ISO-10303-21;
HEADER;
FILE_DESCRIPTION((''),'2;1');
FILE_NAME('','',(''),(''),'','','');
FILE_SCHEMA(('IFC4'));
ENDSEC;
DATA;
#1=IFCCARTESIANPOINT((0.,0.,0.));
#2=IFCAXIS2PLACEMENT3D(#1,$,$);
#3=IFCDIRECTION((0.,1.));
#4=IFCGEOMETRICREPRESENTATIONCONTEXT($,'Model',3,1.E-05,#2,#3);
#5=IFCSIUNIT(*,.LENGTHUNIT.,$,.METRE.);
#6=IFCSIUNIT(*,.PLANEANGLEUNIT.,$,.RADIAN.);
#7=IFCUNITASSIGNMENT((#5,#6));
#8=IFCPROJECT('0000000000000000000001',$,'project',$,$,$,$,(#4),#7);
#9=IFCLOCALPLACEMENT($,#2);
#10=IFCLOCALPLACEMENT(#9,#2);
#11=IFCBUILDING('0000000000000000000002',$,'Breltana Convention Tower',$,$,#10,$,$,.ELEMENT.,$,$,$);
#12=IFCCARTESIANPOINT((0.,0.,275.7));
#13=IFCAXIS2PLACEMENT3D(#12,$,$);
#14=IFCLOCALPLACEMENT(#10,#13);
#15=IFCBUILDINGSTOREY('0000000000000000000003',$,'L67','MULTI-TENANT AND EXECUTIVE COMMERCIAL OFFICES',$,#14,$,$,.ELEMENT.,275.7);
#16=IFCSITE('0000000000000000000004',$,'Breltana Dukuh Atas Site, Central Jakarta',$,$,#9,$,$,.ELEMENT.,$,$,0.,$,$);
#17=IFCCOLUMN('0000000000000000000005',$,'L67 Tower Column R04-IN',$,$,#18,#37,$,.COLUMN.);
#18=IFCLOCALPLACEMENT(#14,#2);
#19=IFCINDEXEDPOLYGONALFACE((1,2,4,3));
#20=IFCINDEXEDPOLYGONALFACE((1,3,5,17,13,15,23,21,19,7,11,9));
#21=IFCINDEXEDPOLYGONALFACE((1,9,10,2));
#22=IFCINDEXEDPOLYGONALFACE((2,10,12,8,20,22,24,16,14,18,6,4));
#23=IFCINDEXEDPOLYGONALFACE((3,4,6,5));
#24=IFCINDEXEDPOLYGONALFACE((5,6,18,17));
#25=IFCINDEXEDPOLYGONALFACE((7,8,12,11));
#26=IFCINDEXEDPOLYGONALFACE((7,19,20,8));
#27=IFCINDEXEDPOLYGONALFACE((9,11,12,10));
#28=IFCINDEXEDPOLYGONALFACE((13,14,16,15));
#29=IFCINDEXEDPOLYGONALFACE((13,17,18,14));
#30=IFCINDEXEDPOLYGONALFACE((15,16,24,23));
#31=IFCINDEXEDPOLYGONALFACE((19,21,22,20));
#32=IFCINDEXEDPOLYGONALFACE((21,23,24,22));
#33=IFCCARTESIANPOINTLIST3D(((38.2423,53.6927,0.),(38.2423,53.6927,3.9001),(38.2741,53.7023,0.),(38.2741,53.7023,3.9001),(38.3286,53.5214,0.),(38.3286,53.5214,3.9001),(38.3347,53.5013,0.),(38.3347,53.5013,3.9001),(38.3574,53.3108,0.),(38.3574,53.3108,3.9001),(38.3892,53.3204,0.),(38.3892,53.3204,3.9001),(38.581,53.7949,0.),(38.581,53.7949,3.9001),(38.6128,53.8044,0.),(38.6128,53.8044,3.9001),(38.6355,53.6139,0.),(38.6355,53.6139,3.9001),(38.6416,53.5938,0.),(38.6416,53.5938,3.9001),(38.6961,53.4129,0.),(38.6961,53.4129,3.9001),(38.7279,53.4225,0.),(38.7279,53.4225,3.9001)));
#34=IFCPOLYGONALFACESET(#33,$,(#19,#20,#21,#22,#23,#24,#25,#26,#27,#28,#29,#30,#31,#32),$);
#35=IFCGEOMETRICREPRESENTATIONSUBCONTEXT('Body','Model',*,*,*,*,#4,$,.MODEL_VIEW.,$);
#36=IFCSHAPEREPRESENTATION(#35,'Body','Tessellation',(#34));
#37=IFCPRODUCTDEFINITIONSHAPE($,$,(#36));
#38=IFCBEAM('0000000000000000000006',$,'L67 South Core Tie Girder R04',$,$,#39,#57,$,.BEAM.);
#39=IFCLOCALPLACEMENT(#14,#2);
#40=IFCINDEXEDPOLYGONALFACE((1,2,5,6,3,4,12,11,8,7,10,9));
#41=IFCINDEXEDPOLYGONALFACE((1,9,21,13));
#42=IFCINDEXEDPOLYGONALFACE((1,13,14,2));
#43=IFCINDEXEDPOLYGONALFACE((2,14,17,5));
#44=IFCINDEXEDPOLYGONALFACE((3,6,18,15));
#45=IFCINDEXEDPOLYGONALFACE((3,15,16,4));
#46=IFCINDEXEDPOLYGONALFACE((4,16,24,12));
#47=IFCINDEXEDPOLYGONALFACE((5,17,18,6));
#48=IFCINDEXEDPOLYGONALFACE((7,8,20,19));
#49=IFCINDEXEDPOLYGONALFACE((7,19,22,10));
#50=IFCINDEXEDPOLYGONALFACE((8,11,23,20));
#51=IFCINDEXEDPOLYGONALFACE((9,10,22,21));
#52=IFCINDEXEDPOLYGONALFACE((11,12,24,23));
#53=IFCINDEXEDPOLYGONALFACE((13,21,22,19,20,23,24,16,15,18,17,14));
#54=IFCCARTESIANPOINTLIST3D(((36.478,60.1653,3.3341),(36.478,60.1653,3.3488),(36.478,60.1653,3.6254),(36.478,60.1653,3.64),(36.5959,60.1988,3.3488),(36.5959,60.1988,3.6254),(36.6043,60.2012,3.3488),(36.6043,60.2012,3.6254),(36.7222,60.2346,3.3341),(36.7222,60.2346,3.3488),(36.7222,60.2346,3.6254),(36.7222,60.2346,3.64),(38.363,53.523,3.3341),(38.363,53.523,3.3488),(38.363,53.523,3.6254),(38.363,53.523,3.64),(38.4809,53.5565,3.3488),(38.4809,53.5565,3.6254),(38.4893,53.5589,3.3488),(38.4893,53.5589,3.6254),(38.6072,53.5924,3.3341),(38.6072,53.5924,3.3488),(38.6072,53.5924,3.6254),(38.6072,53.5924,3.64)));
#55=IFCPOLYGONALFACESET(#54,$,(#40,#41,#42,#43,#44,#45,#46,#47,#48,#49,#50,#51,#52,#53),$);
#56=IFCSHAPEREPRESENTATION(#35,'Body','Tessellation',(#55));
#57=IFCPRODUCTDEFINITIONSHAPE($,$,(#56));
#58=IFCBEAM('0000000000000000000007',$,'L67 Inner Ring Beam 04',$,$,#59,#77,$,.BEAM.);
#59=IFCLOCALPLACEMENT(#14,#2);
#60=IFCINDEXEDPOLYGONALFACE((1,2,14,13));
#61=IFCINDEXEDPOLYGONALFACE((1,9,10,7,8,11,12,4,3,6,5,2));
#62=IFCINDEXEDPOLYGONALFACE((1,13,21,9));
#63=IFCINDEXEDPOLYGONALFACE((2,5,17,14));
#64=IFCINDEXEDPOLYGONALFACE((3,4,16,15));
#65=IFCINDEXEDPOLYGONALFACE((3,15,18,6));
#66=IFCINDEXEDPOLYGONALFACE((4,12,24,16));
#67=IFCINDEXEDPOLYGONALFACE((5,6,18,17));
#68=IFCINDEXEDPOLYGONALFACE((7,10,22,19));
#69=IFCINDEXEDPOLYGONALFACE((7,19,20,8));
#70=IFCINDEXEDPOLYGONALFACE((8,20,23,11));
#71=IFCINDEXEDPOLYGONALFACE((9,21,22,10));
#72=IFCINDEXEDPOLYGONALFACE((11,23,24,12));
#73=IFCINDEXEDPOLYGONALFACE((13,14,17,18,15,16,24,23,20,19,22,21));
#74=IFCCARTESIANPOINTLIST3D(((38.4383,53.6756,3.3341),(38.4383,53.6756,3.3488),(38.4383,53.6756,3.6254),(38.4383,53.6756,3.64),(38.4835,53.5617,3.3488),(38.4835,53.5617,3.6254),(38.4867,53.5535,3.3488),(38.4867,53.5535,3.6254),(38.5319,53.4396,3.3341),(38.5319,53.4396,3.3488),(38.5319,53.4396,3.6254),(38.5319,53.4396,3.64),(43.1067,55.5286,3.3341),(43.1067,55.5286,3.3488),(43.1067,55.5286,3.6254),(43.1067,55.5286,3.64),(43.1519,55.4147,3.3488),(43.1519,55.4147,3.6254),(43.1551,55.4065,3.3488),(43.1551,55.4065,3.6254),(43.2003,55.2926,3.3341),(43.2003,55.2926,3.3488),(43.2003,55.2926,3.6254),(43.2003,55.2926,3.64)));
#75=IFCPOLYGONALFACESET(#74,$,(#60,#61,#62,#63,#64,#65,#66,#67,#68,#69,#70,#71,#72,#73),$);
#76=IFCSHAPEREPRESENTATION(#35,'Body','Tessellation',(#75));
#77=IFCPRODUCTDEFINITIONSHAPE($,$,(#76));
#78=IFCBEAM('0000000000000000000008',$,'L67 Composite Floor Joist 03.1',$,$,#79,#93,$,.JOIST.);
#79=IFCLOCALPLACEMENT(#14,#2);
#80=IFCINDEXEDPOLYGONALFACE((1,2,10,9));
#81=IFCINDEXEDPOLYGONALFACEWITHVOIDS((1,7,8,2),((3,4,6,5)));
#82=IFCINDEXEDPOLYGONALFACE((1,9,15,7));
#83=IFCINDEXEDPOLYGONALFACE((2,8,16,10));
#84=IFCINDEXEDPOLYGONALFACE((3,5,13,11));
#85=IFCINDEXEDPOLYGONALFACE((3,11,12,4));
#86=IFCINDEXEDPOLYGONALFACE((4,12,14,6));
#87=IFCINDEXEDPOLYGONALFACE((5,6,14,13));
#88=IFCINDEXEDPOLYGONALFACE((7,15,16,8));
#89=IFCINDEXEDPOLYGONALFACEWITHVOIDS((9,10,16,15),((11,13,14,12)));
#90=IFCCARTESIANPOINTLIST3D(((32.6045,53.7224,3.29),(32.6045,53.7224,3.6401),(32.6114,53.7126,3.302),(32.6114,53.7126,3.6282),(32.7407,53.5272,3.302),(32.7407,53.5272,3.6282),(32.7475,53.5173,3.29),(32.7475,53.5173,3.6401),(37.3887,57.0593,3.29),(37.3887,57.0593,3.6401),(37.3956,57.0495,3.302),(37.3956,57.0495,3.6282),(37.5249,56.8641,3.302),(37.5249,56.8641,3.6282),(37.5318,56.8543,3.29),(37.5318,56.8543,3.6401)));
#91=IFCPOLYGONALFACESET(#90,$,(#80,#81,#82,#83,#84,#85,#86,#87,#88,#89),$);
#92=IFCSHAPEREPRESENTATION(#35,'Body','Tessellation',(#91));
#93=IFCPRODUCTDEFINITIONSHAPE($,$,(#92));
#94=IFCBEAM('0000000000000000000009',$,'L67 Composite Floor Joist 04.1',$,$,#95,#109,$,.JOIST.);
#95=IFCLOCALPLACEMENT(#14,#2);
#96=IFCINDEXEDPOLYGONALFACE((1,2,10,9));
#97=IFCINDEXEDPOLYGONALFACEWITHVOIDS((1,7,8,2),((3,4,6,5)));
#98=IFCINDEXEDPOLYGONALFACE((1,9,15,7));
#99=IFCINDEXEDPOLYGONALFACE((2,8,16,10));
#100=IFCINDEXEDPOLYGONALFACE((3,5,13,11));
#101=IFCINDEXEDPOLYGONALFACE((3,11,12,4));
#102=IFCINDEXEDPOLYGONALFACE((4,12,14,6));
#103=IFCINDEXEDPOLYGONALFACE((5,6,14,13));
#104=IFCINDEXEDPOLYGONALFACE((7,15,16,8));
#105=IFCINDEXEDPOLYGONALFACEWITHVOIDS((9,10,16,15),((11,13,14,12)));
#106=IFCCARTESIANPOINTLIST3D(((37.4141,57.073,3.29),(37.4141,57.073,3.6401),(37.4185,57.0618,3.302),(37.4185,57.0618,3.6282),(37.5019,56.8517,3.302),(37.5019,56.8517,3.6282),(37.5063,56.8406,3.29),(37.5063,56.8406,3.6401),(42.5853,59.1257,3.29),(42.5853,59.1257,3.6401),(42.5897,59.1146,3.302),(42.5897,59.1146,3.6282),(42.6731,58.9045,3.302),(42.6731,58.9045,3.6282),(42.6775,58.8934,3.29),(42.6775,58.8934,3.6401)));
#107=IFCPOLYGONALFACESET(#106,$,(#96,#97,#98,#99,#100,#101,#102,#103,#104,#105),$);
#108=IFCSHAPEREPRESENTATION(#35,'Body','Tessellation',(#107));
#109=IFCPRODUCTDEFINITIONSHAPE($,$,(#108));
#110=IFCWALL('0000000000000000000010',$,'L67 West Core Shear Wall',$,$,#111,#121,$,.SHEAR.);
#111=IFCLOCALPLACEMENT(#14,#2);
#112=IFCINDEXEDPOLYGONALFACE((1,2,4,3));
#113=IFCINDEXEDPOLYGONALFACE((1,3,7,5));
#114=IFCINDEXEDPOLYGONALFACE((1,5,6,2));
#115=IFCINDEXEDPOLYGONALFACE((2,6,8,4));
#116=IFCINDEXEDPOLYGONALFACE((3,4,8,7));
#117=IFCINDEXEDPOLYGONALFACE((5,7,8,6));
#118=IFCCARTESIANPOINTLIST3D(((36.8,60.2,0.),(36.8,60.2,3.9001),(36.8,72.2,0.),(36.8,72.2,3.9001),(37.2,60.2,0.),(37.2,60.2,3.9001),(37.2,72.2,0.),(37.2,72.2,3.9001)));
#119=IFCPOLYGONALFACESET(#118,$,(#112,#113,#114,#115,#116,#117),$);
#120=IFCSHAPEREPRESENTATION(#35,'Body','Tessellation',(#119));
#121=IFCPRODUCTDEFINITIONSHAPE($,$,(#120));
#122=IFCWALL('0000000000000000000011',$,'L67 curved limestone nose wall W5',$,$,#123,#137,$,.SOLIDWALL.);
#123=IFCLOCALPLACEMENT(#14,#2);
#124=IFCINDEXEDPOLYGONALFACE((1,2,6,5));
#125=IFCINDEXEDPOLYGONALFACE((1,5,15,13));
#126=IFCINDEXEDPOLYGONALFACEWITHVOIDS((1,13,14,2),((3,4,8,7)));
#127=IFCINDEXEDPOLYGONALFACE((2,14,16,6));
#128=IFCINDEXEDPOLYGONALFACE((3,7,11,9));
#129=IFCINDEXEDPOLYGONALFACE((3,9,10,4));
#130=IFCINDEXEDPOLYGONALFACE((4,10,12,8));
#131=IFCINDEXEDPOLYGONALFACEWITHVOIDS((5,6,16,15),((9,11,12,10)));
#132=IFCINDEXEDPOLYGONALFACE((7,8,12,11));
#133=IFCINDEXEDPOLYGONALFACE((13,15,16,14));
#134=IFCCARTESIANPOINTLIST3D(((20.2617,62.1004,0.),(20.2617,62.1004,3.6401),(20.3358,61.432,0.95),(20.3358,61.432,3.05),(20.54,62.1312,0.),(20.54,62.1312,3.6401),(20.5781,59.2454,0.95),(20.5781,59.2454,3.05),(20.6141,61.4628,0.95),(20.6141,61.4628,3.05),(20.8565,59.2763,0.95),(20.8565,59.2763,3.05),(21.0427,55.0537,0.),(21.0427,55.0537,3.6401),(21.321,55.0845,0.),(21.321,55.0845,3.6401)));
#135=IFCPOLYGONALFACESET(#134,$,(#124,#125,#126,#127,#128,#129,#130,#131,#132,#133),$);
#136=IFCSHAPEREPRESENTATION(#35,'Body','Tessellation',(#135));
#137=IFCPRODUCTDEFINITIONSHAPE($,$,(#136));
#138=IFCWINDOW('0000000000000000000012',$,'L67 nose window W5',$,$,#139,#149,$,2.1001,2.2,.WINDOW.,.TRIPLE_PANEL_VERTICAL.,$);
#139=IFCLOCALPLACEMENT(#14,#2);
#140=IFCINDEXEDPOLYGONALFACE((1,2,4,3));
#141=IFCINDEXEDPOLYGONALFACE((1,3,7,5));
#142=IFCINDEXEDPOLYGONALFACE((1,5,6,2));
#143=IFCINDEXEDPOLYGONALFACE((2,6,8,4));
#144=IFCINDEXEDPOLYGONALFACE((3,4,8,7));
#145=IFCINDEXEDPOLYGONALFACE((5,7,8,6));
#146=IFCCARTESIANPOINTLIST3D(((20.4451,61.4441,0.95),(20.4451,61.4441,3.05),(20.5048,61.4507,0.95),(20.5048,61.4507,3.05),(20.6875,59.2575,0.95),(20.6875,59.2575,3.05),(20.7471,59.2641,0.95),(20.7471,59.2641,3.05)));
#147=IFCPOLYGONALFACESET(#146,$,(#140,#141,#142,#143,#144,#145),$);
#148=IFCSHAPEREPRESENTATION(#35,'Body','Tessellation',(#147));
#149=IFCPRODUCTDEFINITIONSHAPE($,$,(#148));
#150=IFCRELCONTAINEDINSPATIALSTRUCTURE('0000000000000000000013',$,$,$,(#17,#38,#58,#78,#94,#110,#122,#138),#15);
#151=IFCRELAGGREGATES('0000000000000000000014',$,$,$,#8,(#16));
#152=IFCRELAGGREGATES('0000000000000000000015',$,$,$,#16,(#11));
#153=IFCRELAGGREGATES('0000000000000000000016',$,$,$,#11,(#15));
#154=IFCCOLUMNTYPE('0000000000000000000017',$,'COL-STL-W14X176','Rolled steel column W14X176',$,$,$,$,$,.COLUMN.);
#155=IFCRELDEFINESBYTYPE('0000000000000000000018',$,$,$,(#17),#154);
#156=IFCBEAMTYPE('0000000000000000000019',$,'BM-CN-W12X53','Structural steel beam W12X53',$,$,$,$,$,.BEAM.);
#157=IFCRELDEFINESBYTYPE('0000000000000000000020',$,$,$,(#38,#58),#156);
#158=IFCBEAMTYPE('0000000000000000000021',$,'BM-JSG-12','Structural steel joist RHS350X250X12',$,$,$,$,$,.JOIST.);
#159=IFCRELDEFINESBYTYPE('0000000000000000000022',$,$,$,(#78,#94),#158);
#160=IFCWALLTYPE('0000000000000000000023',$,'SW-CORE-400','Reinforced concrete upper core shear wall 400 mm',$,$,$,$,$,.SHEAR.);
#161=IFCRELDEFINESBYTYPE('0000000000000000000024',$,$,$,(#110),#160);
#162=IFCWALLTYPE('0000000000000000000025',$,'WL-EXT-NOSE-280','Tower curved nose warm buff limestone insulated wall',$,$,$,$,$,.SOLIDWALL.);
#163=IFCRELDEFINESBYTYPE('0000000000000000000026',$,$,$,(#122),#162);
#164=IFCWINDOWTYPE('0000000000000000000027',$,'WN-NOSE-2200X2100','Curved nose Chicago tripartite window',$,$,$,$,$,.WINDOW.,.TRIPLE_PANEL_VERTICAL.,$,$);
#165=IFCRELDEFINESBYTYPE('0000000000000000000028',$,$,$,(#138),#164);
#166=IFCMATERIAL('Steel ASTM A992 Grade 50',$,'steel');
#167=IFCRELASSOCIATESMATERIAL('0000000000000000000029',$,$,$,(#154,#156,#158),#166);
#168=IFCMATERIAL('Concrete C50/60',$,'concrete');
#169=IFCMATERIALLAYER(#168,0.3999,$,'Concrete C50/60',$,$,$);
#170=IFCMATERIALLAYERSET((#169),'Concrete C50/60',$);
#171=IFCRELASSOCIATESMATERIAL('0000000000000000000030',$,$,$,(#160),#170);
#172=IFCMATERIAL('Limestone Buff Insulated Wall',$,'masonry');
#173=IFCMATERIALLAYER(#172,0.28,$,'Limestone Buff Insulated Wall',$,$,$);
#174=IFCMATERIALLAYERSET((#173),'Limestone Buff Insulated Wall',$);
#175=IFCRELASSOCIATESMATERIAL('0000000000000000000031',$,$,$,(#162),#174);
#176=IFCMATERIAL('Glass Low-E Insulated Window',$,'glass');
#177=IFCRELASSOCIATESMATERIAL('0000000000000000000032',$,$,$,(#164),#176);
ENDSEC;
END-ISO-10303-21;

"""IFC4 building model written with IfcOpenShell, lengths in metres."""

from ifc_helpers import new_model, si_unit, direction, frame, frame_2d, origin, origin_2d, place, context, subcontext, project, spatial, rectangle, hollow_rectangle, i_section, extrude, source, transform, mapped, material, layer, layer_set, material_profile, profile_set, type_object, type_shapes, element, fill, save


model = new_model("IFC4")

# Units and contexts
model_context = context("Model", 3, precision=1e-05, world=origin(), true_north=direction((0.0, 1.0)))
body_context = subcontext(model_context, "Body", "Model", "MODEL_VIEW")
ifc_project = project(units=[si_unit("LENGTHUNIT", "METRE"), si_unit("PLANEANGLEUNIT", "RADIAN")], contexts=[model_context])

# Site, building, storey
site_placement = place(None, origin())
site = spatial("IfcSite", under=ifc_project, at=site_placement, Name="Breltana Dukuh Atas Site, Central Jakarta", CompositionType="ELEMENT", RefElevation=0.0)
building_placement = place(site_placement, origin())
building = spatial("IfcBuilding", under=site, at=building_placement, Name="Breltana Convention Tower", CompositionType="ELEMENT")
storey_placement = place(building_placement, frame((0.0, 0.0, 275.7)))
storey = spatial("IfcBuildingStorey", under=building, at=storey_placement, Name="L67", Description="MULTI-TENANT AND EXECUTIVE COMMERCIAL OFFICES", CompositionType="ELEMENT", Elevation=275.7)

# Column
ifc_material_1 = material(Name="Steel ASTM A992 Grade 50", Category="steel")
ifc_material_profile_1 = material_profile(ifc_material_1, i_section(OverallWidth=0.3989, OverallDepth=0.387, WebThickness=0.021, FlangeThickness=0.0332, at=origin_2d()), Name="W14X176")
ifc_profile_set_1 = profile_set([ifc_material_profile_1], Name="Steel ASTM A992 Grade 50")
column_type = type_object("IfcColumnType", Name="COL-STL-W14X176", Description="Rolled steel column W14X176", PredefinedType="COLUMN", material=ifc_profile_set_1)
shared_shape_1 = source(origin(), body_context, "Body", "SweptSolid", [
    extrude(i_section(OverallWidth=0.3989, OverallDepth=0.387, WebThickness=0.021, FlangeThickness=0.0332, at=origin_2d()), origin(), (0.0, 0.0, 1.0), 3.9001),
])
column_placement = place(storey_placement, frame((38.4851, 53.5576, 0.0), z_axis=(0.0, 0.0, 1.0), x_axis=(-0.288698, 0.95742, 0.0)))
element("IfcColumn", 1, at=column_placement, inside=storey, type_object=column_type, Name="L67 Tower Column R04-IN", PredefinedType="COLUMN", context=body_context, shape_type="MappedRepresentation", body=[
    mapped(shared_shape_1, transform((0.0, 0.0, 0.0), scale=1.0)),
])

# Beams
ifc_material_profile_2 = material_profile(ifc_material_1, i_section(OverallWidth=0.2539, OverallDepth=0.3059, WebThickness=0.0088, FlangeThickness=0.0146, at=origin_2d()), Name="W12X53")
ifc_profile_set_2 = profile_set([ifc_material_profile_2], Name="Steel ASTM A992 Grade 50")
beam_type_1 = type_object("IfcBeamType", Name="BM-CN-W12X53", Description="Structural steel beam W12X53", PredefinedType="BEAM", material=ifc_profile_set_2)
shared_shape_2 = source(origin(), body_context, "Body", "SweptSolid", [
    extrude(i_section(OverallWidth=0.2539, OverallDepth=0.3059, WebThickness=0.0088, FlangeThickness=0.0146, at=origin_2d()), origin(), (0.0, 0.0, 1.0), 6.9045),
])
beam_1_placement = place(storey_placement, frame((36.6001, 60.2, 3.4871), z_axis=(0.273007, -0.962012, 0.0), x_axis=(0.962012, 0.273007, 0.0)))
element("IfcBeam", 2, at=beam_1_placement, inside=storey, type_object=beam_type_1, Name="L67 South Core Tie Girder R04", PredefinedType="BEAM", context=body_context, shape_type="MappedRepresentation", body=[
    mapped(shared_shape_2, transform((0.0, 0.0, 0.0), scale=1.0)),
])
shared_shape_3 = source(origin(), body_context, "Body", "SweptSolid", [
    extrude(i_section(OverallWidth=0.2539, OverallDepth=0.3059, WebThickness=0.0088, FlangeThickness=0.0146, at=origin_2d()), origin(), (0.0, 0.0, 1.0), 5.0227),
])
beam_2_placement = place(storey_placement, frame((38.4851, 53.5576, 3.4871), z_axis=(0.929459, 0.368926, 0.0), x_axis=(-0.368926, 0.929459, 0.0)))
element("IfcBeam", 3, at=beam_2_placement, inside=storey, type_object=beam_type_1, Name="L67 Inner Ring Beam 04", PredefinedType="BEAM", context=body_context, shape_type="MappedRepresentation", body=[
    mapped(shared_shape_3, transform((0.0, 0.0, 0.0), scale=1.0)),
])
ifc_material_profile_3 = material_profile(ifc_material_1, hollow_rectangle(XDim=0.25, YDim=0.3501, WallThickness=0.012, at=origin_2d()), Name="RHS350X250X12")
ifc_profile_set_3 = profile_set([ifc_material_profile_3], Name="Steel ASTM A992 Grade 50")
beam_type_2 = type_object("IfcBeamType", Name="BM-JSG-12", Description="Structural steel joist RHS350X250X12", PredefinedType="JOIST", material=ifc_profile_set_3)
shared_shape_4 = source(origin(), body_context, "Body", "SweptSolid", [
    extrude(hollow_rectangle(XDim=0.25, YDim=0.3501, WallThickness=0.012, at=origin_2d()), origin(), (0.0, 0.0, 1.0), 5.833),
])
beam_3_placement = place(storey_placement, frame((32.676, 53.6199, 3.4651), z_axis=(0.820198, 0.572079, 0.0), x_axis=(-0.572079, 0.820198, 0.0)))
element("IfcBeam", 4, at=beam_3_placement, inside=storey, type_object=beam_type_2, Name="L67 Composite Floor Joist 03.1", PredefinedType="JOIST", context=body_context, shape_type="MappedRepresentation", body=[
    mapped(shared_shape_4, transform((0.0, 0.0, 0.0), scale=1.0)),
])
shared_shape_5 = source(origin(), body_context, "Body", "SweptSolid", [
    extrude(hollow_rectangle(XDim=0.25, YDim=0.3501, WallThickness=0.012, at=origin_2d()), origin(), (0.0, 0.0, 1.0), 5.5637),
])
beam_4_placement = place(storey_placement, frame((37.4602, 56.9568, 3.4651), z_axis=(0.929448, 0.368953, 0.0), x_axis=(-0.368953, 0.929448, 0.0)))
element("IfcBeam", 5, at=beam_4_placement, inside=storey, type_object=beam_type_2, Name="L67 Composite Floor Joist 04.1", PredefinedType="JOIST", context=body_context, shape_type="MappedRepresentation", body=[
    mapped(shared_shape_5, transform((0.0, 0.0, 0.0), scale=1.0)),
])

# Wall
ifc_material_2 = material(Name="Concrete C50/60", Category="concrete")
ifc_layer_1 = layer(ifc_material_2, 0.3999, Name="Concrete C50/60")
ifc_layer_set_1 = layer_set([ifc_layer_1], Name="Concrete C50/60")
wall_type_1 = type_object("IfcWallType", Name="SW-CORE-400", Description="Reinforced concrete upper core shear wall 400 mm", PredefinedType="SHEAR", material=ifc_layer_set_1)
shared_shape_6 = source(origin(), body_context, "Body", "SweptSolid", [
    extrude(rectangle(XDim=12.0, YDim=0.3999, at=frame_2d((6.0, 0.0))), origin(), (0.0, 0.0, 1.0), 3.9001),
])
wall_1_placement = place(storey_placement, frame((37.0, 60.2, 0.0), z_axis=(0.0, 0.0, 1.0), x_axis=(0.0, 1.0, 0.0)))
element("IfcWall", 6, at=wall_1_placement, inside=storey, type_object=wall_type_1, Name="L67 West Core Shear Wall", PredefinedType="SHEAR", context=body_context, shape_type="MappedRepresentation", body=[
    mapped(shared_shape_6, transform((0.0, 0.0, 0.0), scale=1.0)),
])

# Wall, opening, window
ifc_material_3 = material(Name="Limestone Buff Insulated Wall", Category="masonry")
ifc_layer_2 = layer(ifc_material_3, 0.28, Name="Limestone Buff Insulated Wall")
ifc_layer_set_2 = layer_set([ifc_layer_2], Name="Limestone Buff Insulated Wall")
wall_type_2 = type_object("IfcWallType", Name="WL-EXT-NOSE-280", Description="Tower curved nose warm buff limestone insulated wall", PredefinedType="SOLIDWALL", material=ifc_layer_set_2)
shared_shape_7 = source(origin(), body_context, "Body", "SweptSolid", [
    extrude(rectangle(XDim=7.0898, YDim=0.28, at=frame_2d((3.5449, 0.0))), origin(), (0.0, 0.0, 1.0), 3.6401),
])
wall_2_placement = place(storey_placement, frame((21.1819, 55.0691, 0.0), z_axis=(0.0, 0.0, 1.0), x_axis=(-0.110159, 0.993914, 0.0)))
wall_2 = element("IfcWall", 7, at=wall_2_placement, inside=storey, type_object=wall_type_2, Name="L67 curved limestone nose wall W5", PredefinedType="SOLIDWALL", context=body_context, shape_type="MappedRepresentation", body=[
    mapped(shared_shape_7, transform((0.0, 0.0, 0.0), scale=1.0)),
])
opening_1_placement = place(wall_2_placement, frame((4.2173, 0.0, 0.95)))
opening_1 = element("IfcOpeningElement", 8, at=opening_1_placement, cuts=wall_2, PredefinedType="OPENING", context=body_context, shape_type="SweptSolid", body=[
    extrude(rectangle(XDim=2.2, YDim=2.1001, at=frame_2d((1.1001, 1.05))), frame((0.0, 0.1499, 0.0), z_axis=(0.0, -1.0, 0.0), x_axis=(1.0, 0.0, 0.0)), (0.0, 0.0, 1.0), 0.3),
])
ifc_material_4 = material(Name="Glass Low-E Insulated Window", Category="glass")
window_type = type_object("IfcWindowType", Name="WN-NOSE-2200X2100", Description="Curved nose Chicago tripartite window", PartitioningType="TRIPLE_PANEL_VERTICAL", PredefinedType="WINDOW", material=ifc_material_4)
shared_shape_8 = source(origin(), body_context, "Body", "SweptSolid", [
    extrude(rectangle(XDim=2.2, YDim=2.1001, at=frame_2d((1.1001, 1.05))), frame((0.0, 0.03, 0.0), z_axis=(0.0, -1.0, 0.0), x_axis=(1.0, 0.0, 0.0)), (0.0, 0.0, 1.0), 0.0601),
])
type_shapes(window_type, [shared_shape_8])
window_1_placement = place(opening_1_placement, origin())
window_1 = element("IfcWindow", 9, at=window_1_placement, inside=storey, type_object=window_type, Name="L67 nose window W5", OverallHeight=2.1001, OverallWidth=2.2, PartitioningType="TRIPLE_PANEL_VERTICAL", PredefinedType="WINDOW", context=body_context, shape_type="MappedRepresentation", body=[
    mapped(shared_shape_8, transform((0.0, 0.0, 0.0), scale=1.0)),
])
fill(opening_1, window_1)

save(model, "model.ifc")
